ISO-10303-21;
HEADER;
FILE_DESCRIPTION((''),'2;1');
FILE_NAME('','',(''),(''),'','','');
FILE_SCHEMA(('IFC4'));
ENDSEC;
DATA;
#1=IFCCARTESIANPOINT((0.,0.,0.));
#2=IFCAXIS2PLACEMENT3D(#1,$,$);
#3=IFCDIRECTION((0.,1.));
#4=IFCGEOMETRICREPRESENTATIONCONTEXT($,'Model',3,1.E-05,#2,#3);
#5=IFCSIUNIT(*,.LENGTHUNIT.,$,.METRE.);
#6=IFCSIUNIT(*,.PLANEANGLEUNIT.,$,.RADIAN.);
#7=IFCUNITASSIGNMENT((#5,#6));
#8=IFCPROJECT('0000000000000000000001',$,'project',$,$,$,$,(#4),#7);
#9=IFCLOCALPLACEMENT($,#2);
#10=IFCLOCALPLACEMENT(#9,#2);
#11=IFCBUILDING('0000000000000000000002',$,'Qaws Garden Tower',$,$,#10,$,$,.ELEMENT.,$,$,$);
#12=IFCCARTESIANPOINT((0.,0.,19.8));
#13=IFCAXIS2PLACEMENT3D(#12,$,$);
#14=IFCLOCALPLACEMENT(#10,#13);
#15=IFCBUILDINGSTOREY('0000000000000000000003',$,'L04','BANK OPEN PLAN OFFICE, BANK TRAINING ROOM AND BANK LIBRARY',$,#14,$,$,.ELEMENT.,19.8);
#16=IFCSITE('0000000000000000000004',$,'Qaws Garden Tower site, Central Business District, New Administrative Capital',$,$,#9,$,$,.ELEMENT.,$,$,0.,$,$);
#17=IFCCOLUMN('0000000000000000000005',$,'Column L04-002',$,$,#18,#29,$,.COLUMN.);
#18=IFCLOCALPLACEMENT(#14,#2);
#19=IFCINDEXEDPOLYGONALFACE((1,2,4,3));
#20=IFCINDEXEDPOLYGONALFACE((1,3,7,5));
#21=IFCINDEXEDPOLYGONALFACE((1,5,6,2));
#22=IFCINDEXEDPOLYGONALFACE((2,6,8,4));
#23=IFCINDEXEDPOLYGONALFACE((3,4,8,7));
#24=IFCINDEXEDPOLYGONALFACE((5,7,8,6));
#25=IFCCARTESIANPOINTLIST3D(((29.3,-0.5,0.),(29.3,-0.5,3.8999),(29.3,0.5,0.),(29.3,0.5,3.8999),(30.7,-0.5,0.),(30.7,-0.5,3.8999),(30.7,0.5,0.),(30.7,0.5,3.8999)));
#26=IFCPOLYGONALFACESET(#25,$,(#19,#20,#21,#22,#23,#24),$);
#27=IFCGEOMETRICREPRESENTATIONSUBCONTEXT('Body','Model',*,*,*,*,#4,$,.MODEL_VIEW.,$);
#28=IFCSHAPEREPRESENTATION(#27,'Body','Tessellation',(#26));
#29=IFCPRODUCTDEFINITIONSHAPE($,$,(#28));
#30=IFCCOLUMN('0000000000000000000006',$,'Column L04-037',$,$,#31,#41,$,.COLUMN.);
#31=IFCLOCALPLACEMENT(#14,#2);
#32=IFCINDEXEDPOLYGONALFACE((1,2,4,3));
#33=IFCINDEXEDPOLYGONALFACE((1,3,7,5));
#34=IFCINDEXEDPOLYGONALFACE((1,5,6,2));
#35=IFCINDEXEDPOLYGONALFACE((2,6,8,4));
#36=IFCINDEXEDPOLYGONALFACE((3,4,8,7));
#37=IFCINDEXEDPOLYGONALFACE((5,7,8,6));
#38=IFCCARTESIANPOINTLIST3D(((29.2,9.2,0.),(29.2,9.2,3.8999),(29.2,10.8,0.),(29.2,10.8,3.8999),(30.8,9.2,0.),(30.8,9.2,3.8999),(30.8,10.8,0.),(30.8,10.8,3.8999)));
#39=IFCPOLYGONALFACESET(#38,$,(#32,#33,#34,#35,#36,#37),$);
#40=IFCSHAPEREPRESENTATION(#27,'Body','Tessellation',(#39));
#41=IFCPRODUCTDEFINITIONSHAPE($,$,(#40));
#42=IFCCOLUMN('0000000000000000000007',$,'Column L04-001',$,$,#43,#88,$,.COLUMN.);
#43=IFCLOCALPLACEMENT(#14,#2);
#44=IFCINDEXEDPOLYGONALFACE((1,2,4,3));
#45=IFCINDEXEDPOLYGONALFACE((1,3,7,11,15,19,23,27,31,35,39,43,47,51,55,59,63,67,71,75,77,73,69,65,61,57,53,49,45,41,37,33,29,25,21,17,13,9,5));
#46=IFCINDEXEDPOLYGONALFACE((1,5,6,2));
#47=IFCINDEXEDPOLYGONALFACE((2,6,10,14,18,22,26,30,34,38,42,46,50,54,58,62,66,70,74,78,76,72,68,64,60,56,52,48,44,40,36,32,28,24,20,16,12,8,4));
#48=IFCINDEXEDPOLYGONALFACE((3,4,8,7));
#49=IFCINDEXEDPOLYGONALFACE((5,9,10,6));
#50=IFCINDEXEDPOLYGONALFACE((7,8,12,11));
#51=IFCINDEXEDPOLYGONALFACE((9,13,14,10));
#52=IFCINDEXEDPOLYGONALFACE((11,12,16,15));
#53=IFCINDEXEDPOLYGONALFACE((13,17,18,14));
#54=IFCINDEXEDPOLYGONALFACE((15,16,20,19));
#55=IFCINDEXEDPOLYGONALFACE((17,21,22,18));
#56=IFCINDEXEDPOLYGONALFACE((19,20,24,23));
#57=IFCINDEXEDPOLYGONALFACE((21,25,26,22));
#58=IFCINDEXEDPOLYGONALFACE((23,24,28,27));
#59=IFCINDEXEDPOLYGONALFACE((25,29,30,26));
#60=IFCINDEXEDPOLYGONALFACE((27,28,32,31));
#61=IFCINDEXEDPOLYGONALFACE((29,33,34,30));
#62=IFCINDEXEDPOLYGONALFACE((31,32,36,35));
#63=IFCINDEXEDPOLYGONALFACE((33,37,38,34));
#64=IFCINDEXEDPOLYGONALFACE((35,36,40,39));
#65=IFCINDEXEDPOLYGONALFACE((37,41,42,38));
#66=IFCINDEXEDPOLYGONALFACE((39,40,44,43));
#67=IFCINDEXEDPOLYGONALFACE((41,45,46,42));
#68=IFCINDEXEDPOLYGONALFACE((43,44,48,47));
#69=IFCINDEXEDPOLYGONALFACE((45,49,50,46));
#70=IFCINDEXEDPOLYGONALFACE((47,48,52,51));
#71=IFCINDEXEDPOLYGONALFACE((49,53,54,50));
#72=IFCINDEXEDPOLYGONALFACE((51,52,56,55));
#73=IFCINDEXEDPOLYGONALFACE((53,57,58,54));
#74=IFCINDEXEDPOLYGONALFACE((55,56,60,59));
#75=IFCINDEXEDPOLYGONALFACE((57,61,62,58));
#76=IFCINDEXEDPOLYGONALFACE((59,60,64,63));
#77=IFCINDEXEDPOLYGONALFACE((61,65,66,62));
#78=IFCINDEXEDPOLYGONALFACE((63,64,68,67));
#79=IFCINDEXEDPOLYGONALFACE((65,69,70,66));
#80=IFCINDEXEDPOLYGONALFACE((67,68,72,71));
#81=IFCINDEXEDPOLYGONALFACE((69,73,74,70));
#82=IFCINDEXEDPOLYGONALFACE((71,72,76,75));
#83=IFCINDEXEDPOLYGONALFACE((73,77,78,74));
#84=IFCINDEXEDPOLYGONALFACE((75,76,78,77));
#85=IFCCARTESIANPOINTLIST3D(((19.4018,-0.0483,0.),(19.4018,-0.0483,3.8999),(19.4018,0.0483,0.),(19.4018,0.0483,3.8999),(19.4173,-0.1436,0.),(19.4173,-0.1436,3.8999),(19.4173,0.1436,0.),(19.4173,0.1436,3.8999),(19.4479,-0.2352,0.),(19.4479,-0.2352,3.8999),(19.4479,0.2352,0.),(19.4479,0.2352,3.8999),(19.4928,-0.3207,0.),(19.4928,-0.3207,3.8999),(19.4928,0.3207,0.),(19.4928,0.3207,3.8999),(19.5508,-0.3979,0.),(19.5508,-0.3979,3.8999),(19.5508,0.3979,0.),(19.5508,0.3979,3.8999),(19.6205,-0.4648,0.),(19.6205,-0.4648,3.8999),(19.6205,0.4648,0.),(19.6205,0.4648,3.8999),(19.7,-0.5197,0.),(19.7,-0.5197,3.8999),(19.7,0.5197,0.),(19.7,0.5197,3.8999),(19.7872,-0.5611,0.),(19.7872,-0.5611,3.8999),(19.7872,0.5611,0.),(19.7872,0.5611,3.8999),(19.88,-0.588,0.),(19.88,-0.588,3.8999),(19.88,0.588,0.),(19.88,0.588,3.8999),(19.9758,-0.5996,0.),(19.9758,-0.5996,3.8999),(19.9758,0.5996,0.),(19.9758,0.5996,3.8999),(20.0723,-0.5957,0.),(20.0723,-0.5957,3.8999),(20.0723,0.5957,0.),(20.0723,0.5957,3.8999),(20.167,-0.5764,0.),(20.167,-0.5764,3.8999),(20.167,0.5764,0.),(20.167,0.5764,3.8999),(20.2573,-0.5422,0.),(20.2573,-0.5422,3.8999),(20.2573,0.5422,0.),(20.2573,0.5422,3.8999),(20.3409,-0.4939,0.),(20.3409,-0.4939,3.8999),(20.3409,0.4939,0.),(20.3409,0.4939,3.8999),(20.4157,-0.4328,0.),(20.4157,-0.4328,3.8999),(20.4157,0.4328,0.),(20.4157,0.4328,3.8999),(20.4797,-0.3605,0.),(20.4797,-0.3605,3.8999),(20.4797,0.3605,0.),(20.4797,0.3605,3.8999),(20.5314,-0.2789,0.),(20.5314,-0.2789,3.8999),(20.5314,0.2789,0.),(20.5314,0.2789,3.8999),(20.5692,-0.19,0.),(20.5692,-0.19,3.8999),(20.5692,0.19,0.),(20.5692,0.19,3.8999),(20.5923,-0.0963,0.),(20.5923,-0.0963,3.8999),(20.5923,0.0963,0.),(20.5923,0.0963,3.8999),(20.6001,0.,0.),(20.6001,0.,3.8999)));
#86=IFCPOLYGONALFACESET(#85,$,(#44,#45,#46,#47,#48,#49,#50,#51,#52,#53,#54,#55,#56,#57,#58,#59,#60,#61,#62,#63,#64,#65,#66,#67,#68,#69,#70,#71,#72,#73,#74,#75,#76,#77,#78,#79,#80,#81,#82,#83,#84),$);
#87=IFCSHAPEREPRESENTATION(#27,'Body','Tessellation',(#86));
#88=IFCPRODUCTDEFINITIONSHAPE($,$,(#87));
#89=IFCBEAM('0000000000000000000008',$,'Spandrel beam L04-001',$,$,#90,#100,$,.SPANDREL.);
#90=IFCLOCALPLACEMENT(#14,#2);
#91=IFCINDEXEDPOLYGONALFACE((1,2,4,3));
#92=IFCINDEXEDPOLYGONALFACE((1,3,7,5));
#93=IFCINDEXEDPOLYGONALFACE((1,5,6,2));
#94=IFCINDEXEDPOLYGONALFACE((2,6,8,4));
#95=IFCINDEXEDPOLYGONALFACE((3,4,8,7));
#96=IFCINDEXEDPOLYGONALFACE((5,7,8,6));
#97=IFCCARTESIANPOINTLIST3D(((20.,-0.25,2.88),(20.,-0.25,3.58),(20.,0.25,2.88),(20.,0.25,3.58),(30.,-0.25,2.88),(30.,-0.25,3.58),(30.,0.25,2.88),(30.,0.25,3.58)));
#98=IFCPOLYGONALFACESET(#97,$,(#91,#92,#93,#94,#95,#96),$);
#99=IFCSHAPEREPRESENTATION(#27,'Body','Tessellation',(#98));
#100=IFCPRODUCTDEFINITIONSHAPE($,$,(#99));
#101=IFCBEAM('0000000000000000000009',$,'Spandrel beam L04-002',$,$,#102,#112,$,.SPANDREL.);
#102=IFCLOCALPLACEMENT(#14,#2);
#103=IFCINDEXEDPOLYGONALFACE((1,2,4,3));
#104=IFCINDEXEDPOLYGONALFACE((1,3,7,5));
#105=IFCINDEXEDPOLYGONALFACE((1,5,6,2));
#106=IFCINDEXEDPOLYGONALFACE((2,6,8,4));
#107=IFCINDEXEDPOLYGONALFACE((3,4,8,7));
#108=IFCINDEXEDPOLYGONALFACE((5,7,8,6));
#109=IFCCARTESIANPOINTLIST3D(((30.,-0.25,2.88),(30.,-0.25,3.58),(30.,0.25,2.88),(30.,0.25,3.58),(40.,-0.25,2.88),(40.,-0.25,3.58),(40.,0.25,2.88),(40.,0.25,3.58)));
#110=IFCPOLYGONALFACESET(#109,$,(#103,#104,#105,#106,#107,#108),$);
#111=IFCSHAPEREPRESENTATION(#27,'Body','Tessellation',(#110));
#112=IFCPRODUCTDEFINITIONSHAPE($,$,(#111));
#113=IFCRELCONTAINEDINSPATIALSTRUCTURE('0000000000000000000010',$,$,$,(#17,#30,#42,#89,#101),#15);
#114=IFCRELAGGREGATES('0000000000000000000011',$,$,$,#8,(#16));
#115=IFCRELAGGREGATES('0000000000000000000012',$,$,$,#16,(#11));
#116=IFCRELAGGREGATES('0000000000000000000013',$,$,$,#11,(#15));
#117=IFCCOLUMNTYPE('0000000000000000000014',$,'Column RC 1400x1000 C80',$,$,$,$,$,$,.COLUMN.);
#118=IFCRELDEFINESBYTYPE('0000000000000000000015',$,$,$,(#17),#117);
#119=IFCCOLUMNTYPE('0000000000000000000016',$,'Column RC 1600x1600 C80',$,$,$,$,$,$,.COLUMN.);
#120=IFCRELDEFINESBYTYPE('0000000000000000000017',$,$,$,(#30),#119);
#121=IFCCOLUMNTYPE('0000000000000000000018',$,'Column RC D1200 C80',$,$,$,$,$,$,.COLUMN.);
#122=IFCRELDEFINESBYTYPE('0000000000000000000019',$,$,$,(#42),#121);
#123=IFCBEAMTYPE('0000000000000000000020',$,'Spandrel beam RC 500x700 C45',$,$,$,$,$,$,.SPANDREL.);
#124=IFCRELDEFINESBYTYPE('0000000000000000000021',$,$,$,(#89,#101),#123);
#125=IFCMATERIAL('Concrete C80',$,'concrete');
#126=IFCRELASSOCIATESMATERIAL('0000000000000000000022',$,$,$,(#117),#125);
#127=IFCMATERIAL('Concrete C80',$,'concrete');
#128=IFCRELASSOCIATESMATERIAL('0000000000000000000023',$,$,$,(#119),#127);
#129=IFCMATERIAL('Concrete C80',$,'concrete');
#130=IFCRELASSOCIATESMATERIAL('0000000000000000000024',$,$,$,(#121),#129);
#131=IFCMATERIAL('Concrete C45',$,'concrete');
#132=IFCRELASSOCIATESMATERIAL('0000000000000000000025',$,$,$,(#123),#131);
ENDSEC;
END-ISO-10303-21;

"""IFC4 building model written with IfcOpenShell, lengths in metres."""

from ifc_helpers import new_model, si_unit, direction, frame, origin, origin_2d, place, context, subcontext, project, spatial, rectangle, circle, extrude, material, material_profile, profile_set, type_object, element, save


model = new_model("IFC4")

# Units and contexts
model_context = context("Model", 3, precision=1e-05, world=origin(), true_north=direction((0.0, 1.0)))
body_context = subcontext(model_context, "Body", "Model", "MODEL_VIEW")
ifc_project = project(units=[si_unit("LENGTHUNIT", "METRE"), si_unit("PLANEANGLEUNIT", "RADIAN")], contexts=[model_context])

# Site, building, storey
site_placement = place(None, origin())
site = spatial("IfcSite", under=ifc_project, at=site_placement, Name="Qaws Garden Tower site, Central Business District, New Administrative Capital", CompositionType="ELEMENT", RefElevation=0.0)
building_placement = place(site_placement, origin())
building = spatial("IfcBuilding", under=site, at=building_placement, Name="Qaws Garden Tower", CompositionType="ELEMENT")
storey_placement = place(building_placement, frame((0.0, 0.0, 19.8)))
storey = spatial("IfcBuildingStorey", under=building, at=storey_placement, Name="L04", Description="BANK OPEN PLAN OFFICE, BANK TRAINING ROOM AND BANK LIBRARY", CompositionType="ELEMENT", Elevation=19.8)

# Columns
ifc_material_1 = material(Name="Concrete C80", Category="concrete")
ifc_material_profile_1 = material_profile(ifc_material_1, rectangle(XDim=1.3999, YDim=1.0, at=origin_2d()), Name="RC 1400x1000")
ifc_profile_set_1 = profile_set([ifc_material_profile_1], Name="Concrete C80")
column_type_1 = type_object("IfcColumnType", Name="Column RC 1400x1000 C80", PredefinedType="COLUMN", material=ifc_profile_set_1)
column_1_placement = place(storey_placement, frame((30.0, 0.0, 0.0), z_axis=(0.0, 0.0, 1.0), x_axis=(1.0, 0.0, 0.0)))
element("IfcColumn", 1, at=column_1_placement, inside=storey, type_object=column_type_1, Name="Column L04-002", PredefinedType="COLUMN", context=body_context, shape_type="SweptSolid", body=[
    extrude(rectangle(XDim=1.3999, YDim=1.0, at=origin_2d()), origin(), (0.0, 0.0, 1.0), 3.8999),
])
ifc_material_2 = material(Name="Concrete C80", Category="concrete")
ifc_material_profile_2 = material_profile(ifc_material_2, rectangle(XDim=1.6001, YDim=1.6001, at=origin_2d()), Name="RC 1600x1600")
ifc_profile_set_2 = profile_set([ifc_material_profile_2], Name="Concrete C80")
column_type_2 = type_object("IfcColumnType", Name="Column RC 1600x1600 C80", PredefinedType="COLUMN", material=ifc_profile_set_2)
column_2_placement = place(storey_placement, frame((30.0, 10.0, 0.0), z_axis=(0.0, 0.0, 1.0), x_axis=(1.0, 0.0, 0.0)))
element("IfcColumn", 2, at=column_2_placement, inside=storey, type_object=column_type_2, Name="Column L04-037", PredefinedType="COLUMN", context=body_context, shape_type="SweptSolid", body=[
    extrude(rectangle(XDim=1.6001, YDim=1.6001, at=origin_2d()), origin(), (0.0, 0.0, 1.0), 3.8999),
])
ifc_material_3 = material(Name="Concrete C80", Category="concrete")
ifc_material_profile_3 = material_profile(ifc_material_3, circle(Radius=0.6001, at=origin_2d()), Name="RC D1200")
ifc_profile_set_3 = profile_set([ifc_material_profile_3], Name="Concrete C80")
column_type_3 = type_object("IfcColumnType", Name="Column RC D1200 C80", PredefinedType="COLUMN", material=ifc_profile_set_3)
column_3_placement = place(storey_placement, frame((20.0, 0.0, 0.0), z_axis=(0.0, 0.0, 1.0), x_axis=(1.0, 0.0, 0.0)))
element("IfcColumn", 3, at=column_3_placement, inside=storey, type_object=column_type_3, Name="Column L04-001", PredefinedType="COLUMN", context=body_context, shape_type="SweptSolid", body=[
    extrude(circle(Radius=0.6001, at=origin_2d()), origin(), (0.0, 0.0, 1.0), 3.8999),
])

# Beams
ifc_material_4 = material(Name="Concrete C45", Category="concrete")
ifc_material_profile_4 = material_profile(ifc_material_4, rectangle(XDim=0.5, YDim=0.7, at=origin_2d()), Name="RC 500x700")
ifc_profile_set_4 = profile_set([ifc_material_profile_4], Name="Concrete C45")
beam_type = type_object("IfcBeamType", Name="Spandrel beam RC 500x700 C45", PredefinedType="SPANDREL", material=ifc_profile_set_4)
for number, where, z_axis, x_axis, name in (
    (4, (20.0, 0.0, 3.23), (1.0, 0.0, 0.0), (0.0, 1.0, 0.0), "Spandrel beam L04-001"),
    (5, (30.0, 0.0, 3.23), (1.0, 0.0, 0.0), (0.0, 1.0, 0.0), "Spandrel beam L04-002"),
):
    element("IfcBeam", number, at=place(storey_placement, frame(where, z_axis=z_axis, x_axis=x_axis)), inside=storey, type_object=beam_type, Name=name, PredefinedType="SPANDREL", context=body_context, shape_type="SweptSolid", body=[
        extrude(rectangle(XDim=0.5, YDim=0.7, at=origin_2d()), origin(), (0.0, 0.0, 1.0), 10.0),
    ])

save(model, "model.ifc")
